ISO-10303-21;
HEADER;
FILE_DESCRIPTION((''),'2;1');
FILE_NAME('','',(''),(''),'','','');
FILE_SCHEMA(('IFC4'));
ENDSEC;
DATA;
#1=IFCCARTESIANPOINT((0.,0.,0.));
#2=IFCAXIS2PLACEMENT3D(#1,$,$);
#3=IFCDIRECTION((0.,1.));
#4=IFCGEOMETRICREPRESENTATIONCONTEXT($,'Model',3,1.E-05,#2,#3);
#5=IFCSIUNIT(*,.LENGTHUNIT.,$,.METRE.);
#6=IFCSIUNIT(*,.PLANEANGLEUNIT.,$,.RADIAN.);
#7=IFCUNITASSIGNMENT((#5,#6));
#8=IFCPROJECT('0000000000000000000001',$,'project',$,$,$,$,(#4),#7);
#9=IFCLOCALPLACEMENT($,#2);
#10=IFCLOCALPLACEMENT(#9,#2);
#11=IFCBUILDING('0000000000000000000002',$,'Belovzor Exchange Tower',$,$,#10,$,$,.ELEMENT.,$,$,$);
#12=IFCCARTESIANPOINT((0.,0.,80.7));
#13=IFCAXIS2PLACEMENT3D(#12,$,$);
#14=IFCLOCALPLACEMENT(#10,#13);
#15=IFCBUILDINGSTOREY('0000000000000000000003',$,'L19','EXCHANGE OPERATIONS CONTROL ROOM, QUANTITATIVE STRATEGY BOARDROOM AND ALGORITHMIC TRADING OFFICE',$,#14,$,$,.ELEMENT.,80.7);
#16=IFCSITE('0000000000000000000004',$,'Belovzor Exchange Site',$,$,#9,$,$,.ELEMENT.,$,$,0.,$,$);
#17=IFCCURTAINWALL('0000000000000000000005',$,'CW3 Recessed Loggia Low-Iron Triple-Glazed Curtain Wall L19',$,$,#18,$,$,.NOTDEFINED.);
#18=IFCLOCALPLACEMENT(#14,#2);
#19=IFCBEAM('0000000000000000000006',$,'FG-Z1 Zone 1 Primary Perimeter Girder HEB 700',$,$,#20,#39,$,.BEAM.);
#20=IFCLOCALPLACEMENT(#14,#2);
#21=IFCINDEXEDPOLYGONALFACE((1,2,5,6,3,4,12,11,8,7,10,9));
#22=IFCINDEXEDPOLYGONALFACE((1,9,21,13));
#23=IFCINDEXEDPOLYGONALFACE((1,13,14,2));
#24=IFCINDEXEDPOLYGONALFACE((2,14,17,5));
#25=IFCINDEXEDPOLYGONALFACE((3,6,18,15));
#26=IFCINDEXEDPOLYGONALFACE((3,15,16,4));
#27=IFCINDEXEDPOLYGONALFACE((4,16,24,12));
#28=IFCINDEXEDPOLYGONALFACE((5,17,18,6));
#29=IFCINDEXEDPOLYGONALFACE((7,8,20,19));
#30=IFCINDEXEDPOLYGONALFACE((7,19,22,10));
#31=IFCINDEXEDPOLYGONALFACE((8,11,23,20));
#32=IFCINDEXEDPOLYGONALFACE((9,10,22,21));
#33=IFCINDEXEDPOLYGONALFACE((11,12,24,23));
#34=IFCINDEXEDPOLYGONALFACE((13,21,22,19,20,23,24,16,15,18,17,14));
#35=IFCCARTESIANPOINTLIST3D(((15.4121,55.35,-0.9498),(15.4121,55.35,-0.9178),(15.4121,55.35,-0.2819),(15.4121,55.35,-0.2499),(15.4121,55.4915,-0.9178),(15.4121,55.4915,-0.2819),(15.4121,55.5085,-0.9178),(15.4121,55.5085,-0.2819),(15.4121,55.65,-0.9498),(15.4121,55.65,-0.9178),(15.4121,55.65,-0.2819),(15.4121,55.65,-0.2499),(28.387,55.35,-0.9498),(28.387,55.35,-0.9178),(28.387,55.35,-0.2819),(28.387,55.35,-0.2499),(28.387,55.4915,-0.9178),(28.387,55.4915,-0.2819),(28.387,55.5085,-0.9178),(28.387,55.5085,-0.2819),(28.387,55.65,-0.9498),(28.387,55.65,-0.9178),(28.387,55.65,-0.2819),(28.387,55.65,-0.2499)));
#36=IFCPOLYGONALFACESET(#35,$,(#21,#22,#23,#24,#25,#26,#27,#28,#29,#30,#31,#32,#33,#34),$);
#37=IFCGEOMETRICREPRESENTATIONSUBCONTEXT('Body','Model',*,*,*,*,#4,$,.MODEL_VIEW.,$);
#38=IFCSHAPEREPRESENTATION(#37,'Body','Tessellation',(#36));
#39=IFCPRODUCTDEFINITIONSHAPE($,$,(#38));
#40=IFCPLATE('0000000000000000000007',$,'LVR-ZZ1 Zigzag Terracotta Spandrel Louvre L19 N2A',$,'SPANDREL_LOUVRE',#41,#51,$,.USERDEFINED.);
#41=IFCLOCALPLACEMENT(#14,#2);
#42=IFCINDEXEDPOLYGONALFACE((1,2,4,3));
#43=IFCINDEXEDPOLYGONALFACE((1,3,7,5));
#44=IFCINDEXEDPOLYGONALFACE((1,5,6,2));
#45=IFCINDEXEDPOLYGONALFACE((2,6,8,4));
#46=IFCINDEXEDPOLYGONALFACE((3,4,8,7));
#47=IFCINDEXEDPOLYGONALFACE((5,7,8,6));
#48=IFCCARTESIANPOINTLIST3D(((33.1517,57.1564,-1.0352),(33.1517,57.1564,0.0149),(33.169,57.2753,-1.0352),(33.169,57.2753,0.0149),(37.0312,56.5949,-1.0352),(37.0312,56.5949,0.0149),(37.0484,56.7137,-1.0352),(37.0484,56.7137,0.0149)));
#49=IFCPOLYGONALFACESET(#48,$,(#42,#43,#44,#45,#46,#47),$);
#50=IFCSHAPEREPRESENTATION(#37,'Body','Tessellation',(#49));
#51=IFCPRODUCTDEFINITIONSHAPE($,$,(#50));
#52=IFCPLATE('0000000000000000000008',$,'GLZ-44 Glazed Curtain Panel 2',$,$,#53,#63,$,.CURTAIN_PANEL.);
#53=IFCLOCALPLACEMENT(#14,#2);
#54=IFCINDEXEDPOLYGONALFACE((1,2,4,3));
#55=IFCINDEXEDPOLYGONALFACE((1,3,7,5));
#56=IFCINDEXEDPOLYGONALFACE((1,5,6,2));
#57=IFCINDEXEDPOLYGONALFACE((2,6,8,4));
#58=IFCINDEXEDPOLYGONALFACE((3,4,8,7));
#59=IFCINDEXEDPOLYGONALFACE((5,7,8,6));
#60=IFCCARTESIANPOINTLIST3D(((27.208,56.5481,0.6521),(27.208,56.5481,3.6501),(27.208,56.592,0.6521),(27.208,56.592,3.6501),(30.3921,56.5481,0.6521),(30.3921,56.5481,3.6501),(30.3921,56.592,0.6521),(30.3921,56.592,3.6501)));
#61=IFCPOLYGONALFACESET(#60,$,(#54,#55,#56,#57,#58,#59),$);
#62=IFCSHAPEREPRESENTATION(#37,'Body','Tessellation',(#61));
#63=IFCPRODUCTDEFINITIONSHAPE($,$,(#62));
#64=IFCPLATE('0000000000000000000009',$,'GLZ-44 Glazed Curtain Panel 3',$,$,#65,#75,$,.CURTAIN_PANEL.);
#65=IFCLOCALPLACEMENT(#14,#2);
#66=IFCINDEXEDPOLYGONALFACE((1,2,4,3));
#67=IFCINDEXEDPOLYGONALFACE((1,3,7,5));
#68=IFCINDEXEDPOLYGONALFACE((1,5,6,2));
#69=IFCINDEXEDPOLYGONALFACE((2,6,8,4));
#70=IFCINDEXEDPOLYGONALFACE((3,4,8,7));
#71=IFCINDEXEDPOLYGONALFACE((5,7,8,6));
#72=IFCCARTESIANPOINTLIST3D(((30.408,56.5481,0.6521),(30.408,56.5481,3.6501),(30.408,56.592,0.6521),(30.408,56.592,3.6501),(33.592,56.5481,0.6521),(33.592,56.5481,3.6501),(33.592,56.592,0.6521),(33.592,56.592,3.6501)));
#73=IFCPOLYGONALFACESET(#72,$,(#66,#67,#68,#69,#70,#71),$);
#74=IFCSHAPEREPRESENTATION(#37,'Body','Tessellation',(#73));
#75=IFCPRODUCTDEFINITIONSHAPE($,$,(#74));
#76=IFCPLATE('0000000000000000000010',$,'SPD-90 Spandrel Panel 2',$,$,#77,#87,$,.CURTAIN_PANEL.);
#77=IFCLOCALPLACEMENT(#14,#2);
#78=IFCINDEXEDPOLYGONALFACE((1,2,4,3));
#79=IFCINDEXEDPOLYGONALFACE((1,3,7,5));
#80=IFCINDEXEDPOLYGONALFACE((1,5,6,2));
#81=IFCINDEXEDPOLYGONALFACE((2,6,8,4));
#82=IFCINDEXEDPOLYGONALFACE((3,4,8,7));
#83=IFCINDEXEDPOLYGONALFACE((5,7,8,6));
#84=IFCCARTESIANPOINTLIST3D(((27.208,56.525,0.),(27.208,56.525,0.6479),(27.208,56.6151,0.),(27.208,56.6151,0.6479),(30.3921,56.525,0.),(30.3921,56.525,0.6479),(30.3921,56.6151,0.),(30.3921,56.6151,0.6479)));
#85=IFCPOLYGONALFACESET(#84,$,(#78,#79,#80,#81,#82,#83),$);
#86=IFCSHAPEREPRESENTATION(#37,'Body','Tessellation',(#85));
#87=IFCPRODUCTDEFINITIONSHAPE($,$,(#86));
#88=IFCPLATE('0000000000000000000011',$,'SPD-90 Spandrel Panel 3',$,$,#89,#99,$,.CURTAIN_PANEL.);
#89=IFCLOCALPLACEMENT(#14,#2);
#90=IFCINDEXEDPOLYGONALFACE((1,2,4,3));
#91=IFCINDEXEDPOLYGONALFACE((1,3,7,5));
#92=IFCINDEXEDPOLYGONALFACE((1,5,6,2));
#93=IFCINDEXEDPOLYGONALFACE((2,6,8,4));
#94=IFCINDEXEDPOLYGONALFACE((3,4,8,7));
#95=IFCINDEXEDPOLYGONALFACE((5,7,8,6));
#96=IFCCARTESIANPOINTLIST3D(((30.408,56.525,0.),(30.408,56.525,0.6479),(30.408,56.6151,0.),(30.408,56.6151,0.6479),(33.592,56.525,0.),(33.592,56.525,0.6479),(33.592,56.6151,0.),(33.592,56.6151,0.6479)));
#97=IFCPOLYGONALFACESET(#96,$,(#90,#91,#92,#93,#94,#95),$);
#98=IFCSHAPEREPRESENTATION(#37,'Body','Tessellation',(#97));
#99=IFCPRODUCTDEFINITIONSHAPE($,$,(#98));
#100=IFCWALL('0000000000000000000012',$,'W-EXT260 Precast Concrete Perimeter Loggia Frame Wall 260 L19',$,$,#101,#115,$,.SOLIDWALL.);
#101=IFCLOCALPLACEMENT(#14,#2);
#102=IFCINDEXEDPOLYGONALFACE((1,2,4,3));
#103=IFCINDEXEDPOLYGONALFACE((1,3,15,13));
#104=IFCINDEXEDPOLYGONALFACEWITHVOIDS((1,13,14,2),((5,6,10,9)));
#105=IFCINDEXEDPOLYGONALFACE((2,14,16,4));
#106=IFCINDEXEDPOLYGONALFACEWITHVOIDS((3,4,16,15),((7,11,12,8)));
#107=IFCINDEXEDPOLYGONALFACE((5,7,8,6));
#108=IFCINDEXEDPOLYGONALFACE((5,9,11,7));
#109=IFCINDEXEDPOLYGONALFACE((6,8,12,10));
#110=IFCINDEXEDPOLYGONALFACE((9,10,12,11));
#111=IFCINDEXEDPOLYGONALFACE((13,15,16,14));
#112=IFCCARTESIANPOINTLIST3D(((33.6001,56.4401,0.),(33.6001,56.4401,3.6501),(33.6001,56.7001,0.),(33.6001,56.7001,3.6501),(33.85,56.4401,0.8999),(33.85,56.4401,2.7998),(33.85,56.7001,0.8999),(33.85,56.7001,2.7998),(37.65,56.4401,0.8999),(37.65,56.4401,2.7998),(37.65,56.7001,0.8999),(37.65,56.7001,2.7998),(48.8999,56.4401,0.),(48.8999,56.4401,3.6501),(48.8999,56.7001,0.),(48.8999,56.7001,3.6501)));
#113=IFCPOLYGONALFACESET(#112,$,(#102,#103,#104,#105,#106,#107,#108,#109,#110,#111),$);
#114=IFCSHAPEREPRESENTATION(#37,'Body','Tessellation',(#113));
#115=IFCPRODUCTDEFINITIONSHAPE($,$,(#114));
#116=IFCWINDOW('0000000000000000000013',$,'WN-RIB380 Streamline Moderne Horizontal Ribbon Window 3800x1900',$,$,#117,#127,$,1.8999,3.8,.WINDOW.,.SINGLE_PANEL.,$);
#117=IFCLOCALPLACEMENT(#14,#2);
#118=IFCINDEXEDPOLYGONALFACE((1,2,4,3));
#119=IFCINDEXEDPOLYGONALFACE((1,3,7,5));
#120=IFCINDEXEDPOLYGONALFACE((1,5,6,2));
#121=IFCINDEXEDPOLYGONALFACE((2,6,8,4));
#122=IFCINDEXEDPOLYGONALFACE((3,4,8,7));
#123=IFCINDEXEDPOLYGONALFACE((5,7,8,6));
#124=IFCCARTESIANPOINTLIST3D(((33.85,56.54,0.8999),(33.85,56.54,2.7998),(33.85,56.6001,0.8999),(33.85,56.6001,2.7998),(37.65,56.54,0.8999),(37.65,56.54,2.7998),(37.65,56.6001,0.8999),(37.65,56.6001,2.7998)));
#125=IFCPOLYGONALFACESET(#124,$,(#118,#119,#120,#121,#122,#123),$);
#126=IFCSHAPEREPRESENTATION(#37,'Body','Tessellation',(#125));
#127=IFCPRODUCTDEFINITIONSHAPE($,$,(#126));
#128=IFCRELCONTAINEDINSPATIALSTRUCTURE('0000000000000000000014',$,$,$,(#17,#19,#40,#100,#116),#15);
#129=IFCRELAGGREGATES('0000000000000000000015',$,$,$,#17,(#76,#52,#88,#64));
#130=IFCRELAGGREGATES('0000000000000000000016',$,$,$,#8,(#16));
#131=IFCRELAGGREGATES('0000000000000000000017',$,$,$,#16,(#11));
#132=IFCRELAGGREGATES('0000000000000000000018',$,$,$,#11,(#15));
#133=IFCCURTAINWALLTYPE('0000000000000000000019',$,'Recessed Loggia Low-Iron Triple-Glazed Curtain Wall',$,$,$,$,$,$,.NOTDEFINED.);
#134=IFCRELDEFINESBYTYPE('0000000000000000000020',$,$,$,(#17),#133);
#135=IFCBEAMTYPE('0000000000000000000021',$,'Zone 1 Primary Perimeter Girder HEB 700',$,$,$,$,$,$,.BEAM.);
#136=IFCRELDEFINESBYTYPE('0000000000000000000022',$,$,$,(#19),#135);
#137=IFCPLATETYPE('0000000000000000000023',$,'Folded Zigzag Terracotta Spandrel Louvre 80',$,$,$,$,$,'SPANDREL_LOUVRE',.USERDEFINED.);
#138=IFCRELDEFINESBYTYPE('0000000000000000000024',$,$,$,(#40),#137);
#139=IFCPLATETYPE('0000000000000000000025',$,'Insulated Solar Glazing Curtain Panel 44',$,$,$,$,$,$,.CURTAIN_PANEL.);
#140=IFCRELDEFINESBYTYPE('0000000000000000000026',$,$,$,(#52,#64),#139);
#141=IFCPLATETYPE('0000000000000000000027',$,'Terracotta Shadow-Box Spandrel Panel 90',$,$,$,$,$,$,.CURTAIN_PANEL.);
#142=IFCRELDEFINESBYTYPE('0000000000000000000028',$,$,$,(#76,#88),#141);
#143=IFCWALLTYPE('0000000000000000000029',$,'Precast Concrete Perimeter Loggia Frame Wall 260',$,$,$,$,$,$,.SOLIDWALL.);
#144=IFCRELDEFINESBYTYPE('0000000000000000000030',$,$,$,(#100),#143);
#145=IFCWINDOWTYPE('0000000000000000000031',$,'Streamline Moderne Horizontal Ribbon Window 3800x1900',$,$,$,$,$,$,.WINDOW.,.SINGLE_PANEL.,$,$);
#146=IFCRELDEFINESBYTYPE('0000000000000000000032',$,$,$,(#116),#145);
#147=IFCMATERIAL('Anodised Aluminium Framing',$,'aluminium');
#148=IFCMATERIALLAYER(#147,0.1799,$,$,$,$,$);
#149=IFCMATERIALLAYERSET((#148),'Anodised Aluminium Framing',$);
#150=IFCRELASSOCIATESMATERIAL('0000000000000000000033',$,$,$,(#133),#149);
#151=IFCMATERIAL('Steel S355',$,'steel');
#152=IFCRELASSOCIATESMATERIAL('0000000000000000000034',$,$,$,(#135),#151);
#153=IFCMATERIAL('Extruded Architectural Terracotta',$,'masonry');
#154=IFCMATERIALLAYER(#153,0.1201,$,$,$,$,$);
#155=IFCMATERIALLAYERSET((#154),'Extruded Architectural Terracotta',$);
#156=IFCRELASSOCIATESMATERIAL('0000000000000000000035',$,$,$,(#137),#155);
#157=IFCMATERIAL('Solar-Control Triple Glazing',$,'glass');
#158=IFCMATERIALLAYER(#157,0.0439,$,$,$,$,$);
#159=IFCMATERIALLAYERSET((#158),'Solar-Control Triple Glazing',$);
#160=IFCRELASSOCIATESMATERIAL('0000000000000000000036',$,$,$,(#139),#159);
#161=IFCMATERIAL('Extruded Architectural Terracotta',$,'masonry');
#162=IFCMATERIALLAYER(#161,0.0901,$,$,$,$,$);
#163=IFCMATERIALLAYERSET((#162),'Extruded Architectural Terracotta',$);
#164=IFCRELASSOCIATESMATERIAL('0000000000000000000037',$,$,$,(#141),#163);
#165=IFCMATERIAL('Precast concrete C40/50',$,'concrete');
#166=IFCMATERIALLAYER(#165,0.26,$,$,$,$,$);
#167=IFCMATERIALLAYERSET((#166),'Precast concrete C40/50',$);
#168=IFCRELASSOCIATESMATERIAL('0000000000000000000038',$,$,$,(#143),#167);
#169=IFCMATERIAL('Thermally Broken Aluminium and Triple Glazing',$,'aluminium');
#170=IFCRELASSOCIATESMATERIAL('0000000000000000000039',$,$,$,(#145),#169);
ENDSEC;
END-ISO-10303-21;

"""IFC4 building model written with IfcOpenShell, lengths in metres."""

from ifc_helpers import new_model, si_unit, direction, frame, frame_2d, origin, origin_2d, place, context, subcontext, project, spatial, rectangle, i_section, extrude, material, layer, layer_set, material_profile, profile_set, type_object, element, fill, aggregate, save


model = new_model("IFC4")

# Units and contexts
model_context = context("Model", 3, precision=1e-05, world=origin(), true_north=direction((0.0, 1.0)))
body_context = subcontext(model_context, "Body", "Model", "MODEL_VIEW")
ifc_project = project(units=[si_unit("LENGTHUNIT", "METRE"), si_unit("PLANEANGLEUNIT", "RADIAN")], contexts=[model_context])

# Site, building, storey
site_placement = place(None, origin())
site = spatial("IfcSite", under=ifc_project, at=site_placement, Name="Belovzor Exchange Site", CompositionType="ELEMENT", RefElevation=0.0)
building_placement = place(site_placement, origin())
building = spatial("IfcBuilding", under=site, at=building_placement, Name="Belovzor Exchange Tower", CompositionType="ELEMENT")
storey_placement = place(building_placement, frame((0.0, 0.0, 80.7)))
storey = spatial("IfcBuildingStorey", under=building, at=storey_placement, Name="L19", Description="EXCHANGE OPERATIONS CONTROL ROOM, QUANTITATIVE STRATEGY BOARDROOM AND ALGORITHMIC TRADING OFFICE", CompositionType="ELEMENT", Elevation=80.7)

# Curtain wall
ifc_material_1 = material(Name="Anodised Aluminium Framing", Category="aluminium")
ifc_layer_1 = layer(ifc_material_1, 0.1799)
ifc_layer_set_1 = layer_set([ifc_layer_1], Name="Anodised Aluminium Framing")
curtain_wall_type = type_object("IfcCurtainWallType", Name="Recessed Loggia Low-Iron Triple-Glazed Curtain Wall", PredefinedType="NOTDEFINED", material=ifc_layer_set_1)
curtain_wall_placement = place(storey_placement, origin())
curtain_wall = element("IfcCurtainWall", 1, at=curtain_wall_placement, inside=storey, type_object=curtain_wall_type, Name="CW3 Recessed Loggia Low-Iron Triple-Glazed Curtain Wall L19", PredefinedType="NOTDEFINED")

# Beam
ifc_material_2 = material(Name="Steel S355", Category="steel")
ifc_material_profile_1 = material_profile(ifc_material_2, i_section(OverallWidth=0.3, OverallDepth=0.7, WebThickness=0.0171, FlangeThickness=0.032, at=origin_2d()))
ifc_profile_set_1 = profile_set([ifc_material_profile_1], Name="Steel S355")
beam_type_1 = type_object("IfcBeamType", Name="Zone 1 Primary Perimeter Girder HEB 700", PredefinedType="BEAM", material=ifc_profile_set_1)
beam_1_placement = place(storey_placement, frame((28.387, 55.5, -0.5999), z_axis=(-1.0, 0.0, 0.0), x_axis=(0.0, -1.0, 0.0)))
element("IfcBeam", 2, at=beam_1_placement, inside=storey, type_object=beam_type_1, Name="FG-Z1 Zone 1 Primary Perimeter Girder HEB 700", PredefinedType="BEAM", context=body_context, shape_type="SweptSolid", body=[
    extrude(i_section(OverallWidth=0.3, OverallDepth=0.7, WebThickness=0.0171, FlangeThickness=0.032, at=origin_2d()), origin(), (0.0, 0.0, 1.0), 12.9749),
])

# Plates
ifc_material_3 = material(Name="Extruded Architectural Terracotta", Category="masonry")
ifc_layer_2 = layer(ifc_material_3, 0.1201)
ifc_layer_set_2 = layer_set([ifc_layer_2], Name="Extruded Architectural Terracotta")
plate_type_1 = type_object("IfcPlateType", Name="Folded Zigzag Terracotta Spandrel Louvre 80", ElementType="SPANDREL_LOUVRE", PredefinedType="USERDEFINED", material=ifc_layer_set_2)
plate_1_placement = place(storey_placement, frame((35.1001, 56.9351, -1.0352), z_axis=(0.0, 0.0, 1.0), x_axis=(0.989686, -0.143251, 0.0)))
element("IfcPlate", 3, at=plate_1_placement, inside=storey, type_object=plate_type_1, Name="LVR-ZZ1 Zigzag Terracotta Spandrel Louvre L19 N2A", ObjectType="SPANDREL_LOUVRE", PredefinedType="USERDEFINED", context=body_context, shape_type="SweptSolid", body=[
    extrude(rectangle(XDim=3.9199, YDim=0.1201, at=origin_2d()), origin(), (0.0, 0.0, 1.0), 1.05),
])
ifc_material_4 = material(Name="Solar-Control Triple Glazing", Category="glass")
ifc_layer_3 = layer(ifc_material_4, 0.0439)
ifc_layer_set_3 = layer_set([ifc_layer_3], Name="Solar-Control Triple Glazing")
plate_type_2 = type_object("IfcPlateType", Name="Insulated Solar Glazing Curtain Panel 44", PredefinedType="CURTAIN_PANEL", material=ifc_layer_set_3)
plate_2_placement = place(storey_placement, frame((28.8, 56.5701, 0.6521), z_axis=(0.0, 0.0, 1.0), x_axis=(1.0, 0.0, 0.0)))
plate_2 = element("IfcPlate", 4, at=plate_2_placement, type_object=plate_type_2, Name="GLZ-44 Glazed Curtain Panel 2", PredefinedType="CURTAIN_PANEL", context=body_context, shape_type="SweptSolid", body=[
    extrude(rectangle(XDim=3.1841, YDim=0.0439, at=origin_2d()), origin(), (0.0, 0.0, 1.0), 2.998),
])
plate_3_placement = place(storey_placement, frame((32.0, 56.5701, 0.6521), z_axis=(0.0, 0.0, 1.0), x_axis=(1.0, 0.0, 0.0)))
plate_3 = element("IfcPlate", 5, at=plate_3_placement, type_object=plate_type_2, Name="GLZ-44 Glazed Curtain Panel 3", PredefinedType="CURTAIN_PANEL", context=body_context, shape_type="SweptSolid", body=[
    extrude(rectangle(XDim=3.1841, YDim=0.0439, at=origin_2d()), origin(), (0.0, 0.0, 1.0), 2.998),
])
ifc_material_5 = material(Name="Extruded Architectural Terracotta", Category="masonry")
ifc_layer_4 = layer(ifc_material_5, 0.0901)
ifc_layer_set_4 = layer_set([ifc_layer_4], Name="Extruded Architectural Terracotta")
plate_type_3 = type_object("IfcPlateType", Name="Terracotta Shadow-Box Spandrel Panel 90", PredefinedType="CURTAIN_PANEL", material=ifc_layer_set_4)
plate_4_placement = place(storey_placement, frame((28.8, 56.5701, 0.0), z_axis=(0.0, 0.0, 1.0), x_axis=(1.0, 0.0, 0.0)))
plate_4 = element("IfcPlate", 6, at=plate_4_placement, type_object=plate_type_3, Name="SPD-90 Spandrel Panel 2", PredefinedType="CURTAIN_PANEL", context=body_context, shape_type="SweptSolid", body=[
    extrude(rectangle(XDim=3.1841, YDim=0.0901, at=origin_2d()), origin(), (0.0, 0.0, 1.0), 0.6479),
])
plate_5_placement = place(storey_placement, frame((32.0, 56.5701, 0.0), z_axis=(0.0, 0.0, 1.0), x_axis=(1.0, 0.0, 0.0)))
plate_5 = element("IfcPlate", 7, at=plate_5_placement, type_object=plate_type_3, Name="SPD-90 Spandrel Panel 3", PredefinedType="CURTAIN_PANEL", context=body_context, shape_type="SweptSolid", body=[
    extrude(rectangle(XDim=3.1841, YDim=0.0901, at=origin_2d()), origin(), (0.0, 0.0, 1.0), 0.6479),
])
aggregate(curtain_wall, [plate_4, plate_2, plate_5, plate_3])

# Wall, opening, window
ifc_material_6 = material(Name="Precast concrete C40/50", Category="concrete")
ifc_layer_5 = layer(ifc_material_6, 0.26)
ifc_layer_set_5 = layer_set([ifc_layer_5], Name="Precast concrete C40/50")
wall_type = type_object("IfcWallType", Name="Precast Concrete Perimeter Loggia Frame Wall 260", PredefinedType="SOLIDWALL", material=ifc_layer_set_5)
wall_placement = place(storey_placement, frame((33.6001, 56.5701, 0.0), z_axis=(0.0, 0.0, 1.0), x_axis=(1.0, 0.0, 0.0)))
wall = element("IfcWall", 8, at=wall_placement, inside=storey, type_object=wall_type, Name="W-EXT260 Precast Concrete Perimeter Loggia Frame Wall 260 L19", PredefinedType="SOLIDWALL", context=body_context, shape_type="SweptSolid", body=[
    extrude(rectangle(XDim=15.2998, YDim=0.26, at=frame_2d((7.6499, 0.0))), origin(), (0.0, 0.0, 1.0), 3.6501),
])
opening_placement = place(wall_placement, frame((0.25, 0.0, 0.8999)))
opening = element("IfcOpeningElement", 9, at=opening_placement, cuts=wall, PredefinedType="OPENING", context=body_context, shape_type="SweptSolid", body=[
    extrude(rectangle(XDim=3.8, YDim=1.8999, at=frame_2d((1.8999, 0.95))), frame((0.0, 0.1399, 0.0), z_axis=(0.0, -1.0, 0.0), x_axis=(1.0, 0.0, 0.0)), (0.0, 0.0, 1.0), 0.28),
])
ifc_material_7 = material(Name="Thermally Broken Aluminium and Triple Glazing", Category="aluminium")
window_type = type_object("IfcWindowType", Name="Streamline Moderne Horizontal Ribbon Window 3800x1900", PartitioningType="SINGLE_PANEL", PredefinedType="WINDOW", material=ifc_material_7)
window_placement = place(opening_placement, origin())
window = element("IfcWindow", 10, at=window_placement, inside=storey, type_object=window_type, Name="WN-RIB380 Streamline Moderne Horizontal Ribbon Window 3800x1900", OverallHeight=1.8999, OverallWidth=3.8, PartitioningType="SINGLE_PANEL", PredefinedType="WINDOW", context=body_context, shape_type="SweptSolid", body=[
    extrude(rectangle(XDim=3.8, YDim=1.8999, at=frame_2d((1.8999, 0.95))), frame((0.0, 0.03, 0.0), z_axis=(0.0, -1.0, 0.0), x_axis=(1.0, 0.0, 0.0)), (0.0, 0.0, 1.0), 0.0601),
])
fill(opening, window)

save(model, "model.ifc")
